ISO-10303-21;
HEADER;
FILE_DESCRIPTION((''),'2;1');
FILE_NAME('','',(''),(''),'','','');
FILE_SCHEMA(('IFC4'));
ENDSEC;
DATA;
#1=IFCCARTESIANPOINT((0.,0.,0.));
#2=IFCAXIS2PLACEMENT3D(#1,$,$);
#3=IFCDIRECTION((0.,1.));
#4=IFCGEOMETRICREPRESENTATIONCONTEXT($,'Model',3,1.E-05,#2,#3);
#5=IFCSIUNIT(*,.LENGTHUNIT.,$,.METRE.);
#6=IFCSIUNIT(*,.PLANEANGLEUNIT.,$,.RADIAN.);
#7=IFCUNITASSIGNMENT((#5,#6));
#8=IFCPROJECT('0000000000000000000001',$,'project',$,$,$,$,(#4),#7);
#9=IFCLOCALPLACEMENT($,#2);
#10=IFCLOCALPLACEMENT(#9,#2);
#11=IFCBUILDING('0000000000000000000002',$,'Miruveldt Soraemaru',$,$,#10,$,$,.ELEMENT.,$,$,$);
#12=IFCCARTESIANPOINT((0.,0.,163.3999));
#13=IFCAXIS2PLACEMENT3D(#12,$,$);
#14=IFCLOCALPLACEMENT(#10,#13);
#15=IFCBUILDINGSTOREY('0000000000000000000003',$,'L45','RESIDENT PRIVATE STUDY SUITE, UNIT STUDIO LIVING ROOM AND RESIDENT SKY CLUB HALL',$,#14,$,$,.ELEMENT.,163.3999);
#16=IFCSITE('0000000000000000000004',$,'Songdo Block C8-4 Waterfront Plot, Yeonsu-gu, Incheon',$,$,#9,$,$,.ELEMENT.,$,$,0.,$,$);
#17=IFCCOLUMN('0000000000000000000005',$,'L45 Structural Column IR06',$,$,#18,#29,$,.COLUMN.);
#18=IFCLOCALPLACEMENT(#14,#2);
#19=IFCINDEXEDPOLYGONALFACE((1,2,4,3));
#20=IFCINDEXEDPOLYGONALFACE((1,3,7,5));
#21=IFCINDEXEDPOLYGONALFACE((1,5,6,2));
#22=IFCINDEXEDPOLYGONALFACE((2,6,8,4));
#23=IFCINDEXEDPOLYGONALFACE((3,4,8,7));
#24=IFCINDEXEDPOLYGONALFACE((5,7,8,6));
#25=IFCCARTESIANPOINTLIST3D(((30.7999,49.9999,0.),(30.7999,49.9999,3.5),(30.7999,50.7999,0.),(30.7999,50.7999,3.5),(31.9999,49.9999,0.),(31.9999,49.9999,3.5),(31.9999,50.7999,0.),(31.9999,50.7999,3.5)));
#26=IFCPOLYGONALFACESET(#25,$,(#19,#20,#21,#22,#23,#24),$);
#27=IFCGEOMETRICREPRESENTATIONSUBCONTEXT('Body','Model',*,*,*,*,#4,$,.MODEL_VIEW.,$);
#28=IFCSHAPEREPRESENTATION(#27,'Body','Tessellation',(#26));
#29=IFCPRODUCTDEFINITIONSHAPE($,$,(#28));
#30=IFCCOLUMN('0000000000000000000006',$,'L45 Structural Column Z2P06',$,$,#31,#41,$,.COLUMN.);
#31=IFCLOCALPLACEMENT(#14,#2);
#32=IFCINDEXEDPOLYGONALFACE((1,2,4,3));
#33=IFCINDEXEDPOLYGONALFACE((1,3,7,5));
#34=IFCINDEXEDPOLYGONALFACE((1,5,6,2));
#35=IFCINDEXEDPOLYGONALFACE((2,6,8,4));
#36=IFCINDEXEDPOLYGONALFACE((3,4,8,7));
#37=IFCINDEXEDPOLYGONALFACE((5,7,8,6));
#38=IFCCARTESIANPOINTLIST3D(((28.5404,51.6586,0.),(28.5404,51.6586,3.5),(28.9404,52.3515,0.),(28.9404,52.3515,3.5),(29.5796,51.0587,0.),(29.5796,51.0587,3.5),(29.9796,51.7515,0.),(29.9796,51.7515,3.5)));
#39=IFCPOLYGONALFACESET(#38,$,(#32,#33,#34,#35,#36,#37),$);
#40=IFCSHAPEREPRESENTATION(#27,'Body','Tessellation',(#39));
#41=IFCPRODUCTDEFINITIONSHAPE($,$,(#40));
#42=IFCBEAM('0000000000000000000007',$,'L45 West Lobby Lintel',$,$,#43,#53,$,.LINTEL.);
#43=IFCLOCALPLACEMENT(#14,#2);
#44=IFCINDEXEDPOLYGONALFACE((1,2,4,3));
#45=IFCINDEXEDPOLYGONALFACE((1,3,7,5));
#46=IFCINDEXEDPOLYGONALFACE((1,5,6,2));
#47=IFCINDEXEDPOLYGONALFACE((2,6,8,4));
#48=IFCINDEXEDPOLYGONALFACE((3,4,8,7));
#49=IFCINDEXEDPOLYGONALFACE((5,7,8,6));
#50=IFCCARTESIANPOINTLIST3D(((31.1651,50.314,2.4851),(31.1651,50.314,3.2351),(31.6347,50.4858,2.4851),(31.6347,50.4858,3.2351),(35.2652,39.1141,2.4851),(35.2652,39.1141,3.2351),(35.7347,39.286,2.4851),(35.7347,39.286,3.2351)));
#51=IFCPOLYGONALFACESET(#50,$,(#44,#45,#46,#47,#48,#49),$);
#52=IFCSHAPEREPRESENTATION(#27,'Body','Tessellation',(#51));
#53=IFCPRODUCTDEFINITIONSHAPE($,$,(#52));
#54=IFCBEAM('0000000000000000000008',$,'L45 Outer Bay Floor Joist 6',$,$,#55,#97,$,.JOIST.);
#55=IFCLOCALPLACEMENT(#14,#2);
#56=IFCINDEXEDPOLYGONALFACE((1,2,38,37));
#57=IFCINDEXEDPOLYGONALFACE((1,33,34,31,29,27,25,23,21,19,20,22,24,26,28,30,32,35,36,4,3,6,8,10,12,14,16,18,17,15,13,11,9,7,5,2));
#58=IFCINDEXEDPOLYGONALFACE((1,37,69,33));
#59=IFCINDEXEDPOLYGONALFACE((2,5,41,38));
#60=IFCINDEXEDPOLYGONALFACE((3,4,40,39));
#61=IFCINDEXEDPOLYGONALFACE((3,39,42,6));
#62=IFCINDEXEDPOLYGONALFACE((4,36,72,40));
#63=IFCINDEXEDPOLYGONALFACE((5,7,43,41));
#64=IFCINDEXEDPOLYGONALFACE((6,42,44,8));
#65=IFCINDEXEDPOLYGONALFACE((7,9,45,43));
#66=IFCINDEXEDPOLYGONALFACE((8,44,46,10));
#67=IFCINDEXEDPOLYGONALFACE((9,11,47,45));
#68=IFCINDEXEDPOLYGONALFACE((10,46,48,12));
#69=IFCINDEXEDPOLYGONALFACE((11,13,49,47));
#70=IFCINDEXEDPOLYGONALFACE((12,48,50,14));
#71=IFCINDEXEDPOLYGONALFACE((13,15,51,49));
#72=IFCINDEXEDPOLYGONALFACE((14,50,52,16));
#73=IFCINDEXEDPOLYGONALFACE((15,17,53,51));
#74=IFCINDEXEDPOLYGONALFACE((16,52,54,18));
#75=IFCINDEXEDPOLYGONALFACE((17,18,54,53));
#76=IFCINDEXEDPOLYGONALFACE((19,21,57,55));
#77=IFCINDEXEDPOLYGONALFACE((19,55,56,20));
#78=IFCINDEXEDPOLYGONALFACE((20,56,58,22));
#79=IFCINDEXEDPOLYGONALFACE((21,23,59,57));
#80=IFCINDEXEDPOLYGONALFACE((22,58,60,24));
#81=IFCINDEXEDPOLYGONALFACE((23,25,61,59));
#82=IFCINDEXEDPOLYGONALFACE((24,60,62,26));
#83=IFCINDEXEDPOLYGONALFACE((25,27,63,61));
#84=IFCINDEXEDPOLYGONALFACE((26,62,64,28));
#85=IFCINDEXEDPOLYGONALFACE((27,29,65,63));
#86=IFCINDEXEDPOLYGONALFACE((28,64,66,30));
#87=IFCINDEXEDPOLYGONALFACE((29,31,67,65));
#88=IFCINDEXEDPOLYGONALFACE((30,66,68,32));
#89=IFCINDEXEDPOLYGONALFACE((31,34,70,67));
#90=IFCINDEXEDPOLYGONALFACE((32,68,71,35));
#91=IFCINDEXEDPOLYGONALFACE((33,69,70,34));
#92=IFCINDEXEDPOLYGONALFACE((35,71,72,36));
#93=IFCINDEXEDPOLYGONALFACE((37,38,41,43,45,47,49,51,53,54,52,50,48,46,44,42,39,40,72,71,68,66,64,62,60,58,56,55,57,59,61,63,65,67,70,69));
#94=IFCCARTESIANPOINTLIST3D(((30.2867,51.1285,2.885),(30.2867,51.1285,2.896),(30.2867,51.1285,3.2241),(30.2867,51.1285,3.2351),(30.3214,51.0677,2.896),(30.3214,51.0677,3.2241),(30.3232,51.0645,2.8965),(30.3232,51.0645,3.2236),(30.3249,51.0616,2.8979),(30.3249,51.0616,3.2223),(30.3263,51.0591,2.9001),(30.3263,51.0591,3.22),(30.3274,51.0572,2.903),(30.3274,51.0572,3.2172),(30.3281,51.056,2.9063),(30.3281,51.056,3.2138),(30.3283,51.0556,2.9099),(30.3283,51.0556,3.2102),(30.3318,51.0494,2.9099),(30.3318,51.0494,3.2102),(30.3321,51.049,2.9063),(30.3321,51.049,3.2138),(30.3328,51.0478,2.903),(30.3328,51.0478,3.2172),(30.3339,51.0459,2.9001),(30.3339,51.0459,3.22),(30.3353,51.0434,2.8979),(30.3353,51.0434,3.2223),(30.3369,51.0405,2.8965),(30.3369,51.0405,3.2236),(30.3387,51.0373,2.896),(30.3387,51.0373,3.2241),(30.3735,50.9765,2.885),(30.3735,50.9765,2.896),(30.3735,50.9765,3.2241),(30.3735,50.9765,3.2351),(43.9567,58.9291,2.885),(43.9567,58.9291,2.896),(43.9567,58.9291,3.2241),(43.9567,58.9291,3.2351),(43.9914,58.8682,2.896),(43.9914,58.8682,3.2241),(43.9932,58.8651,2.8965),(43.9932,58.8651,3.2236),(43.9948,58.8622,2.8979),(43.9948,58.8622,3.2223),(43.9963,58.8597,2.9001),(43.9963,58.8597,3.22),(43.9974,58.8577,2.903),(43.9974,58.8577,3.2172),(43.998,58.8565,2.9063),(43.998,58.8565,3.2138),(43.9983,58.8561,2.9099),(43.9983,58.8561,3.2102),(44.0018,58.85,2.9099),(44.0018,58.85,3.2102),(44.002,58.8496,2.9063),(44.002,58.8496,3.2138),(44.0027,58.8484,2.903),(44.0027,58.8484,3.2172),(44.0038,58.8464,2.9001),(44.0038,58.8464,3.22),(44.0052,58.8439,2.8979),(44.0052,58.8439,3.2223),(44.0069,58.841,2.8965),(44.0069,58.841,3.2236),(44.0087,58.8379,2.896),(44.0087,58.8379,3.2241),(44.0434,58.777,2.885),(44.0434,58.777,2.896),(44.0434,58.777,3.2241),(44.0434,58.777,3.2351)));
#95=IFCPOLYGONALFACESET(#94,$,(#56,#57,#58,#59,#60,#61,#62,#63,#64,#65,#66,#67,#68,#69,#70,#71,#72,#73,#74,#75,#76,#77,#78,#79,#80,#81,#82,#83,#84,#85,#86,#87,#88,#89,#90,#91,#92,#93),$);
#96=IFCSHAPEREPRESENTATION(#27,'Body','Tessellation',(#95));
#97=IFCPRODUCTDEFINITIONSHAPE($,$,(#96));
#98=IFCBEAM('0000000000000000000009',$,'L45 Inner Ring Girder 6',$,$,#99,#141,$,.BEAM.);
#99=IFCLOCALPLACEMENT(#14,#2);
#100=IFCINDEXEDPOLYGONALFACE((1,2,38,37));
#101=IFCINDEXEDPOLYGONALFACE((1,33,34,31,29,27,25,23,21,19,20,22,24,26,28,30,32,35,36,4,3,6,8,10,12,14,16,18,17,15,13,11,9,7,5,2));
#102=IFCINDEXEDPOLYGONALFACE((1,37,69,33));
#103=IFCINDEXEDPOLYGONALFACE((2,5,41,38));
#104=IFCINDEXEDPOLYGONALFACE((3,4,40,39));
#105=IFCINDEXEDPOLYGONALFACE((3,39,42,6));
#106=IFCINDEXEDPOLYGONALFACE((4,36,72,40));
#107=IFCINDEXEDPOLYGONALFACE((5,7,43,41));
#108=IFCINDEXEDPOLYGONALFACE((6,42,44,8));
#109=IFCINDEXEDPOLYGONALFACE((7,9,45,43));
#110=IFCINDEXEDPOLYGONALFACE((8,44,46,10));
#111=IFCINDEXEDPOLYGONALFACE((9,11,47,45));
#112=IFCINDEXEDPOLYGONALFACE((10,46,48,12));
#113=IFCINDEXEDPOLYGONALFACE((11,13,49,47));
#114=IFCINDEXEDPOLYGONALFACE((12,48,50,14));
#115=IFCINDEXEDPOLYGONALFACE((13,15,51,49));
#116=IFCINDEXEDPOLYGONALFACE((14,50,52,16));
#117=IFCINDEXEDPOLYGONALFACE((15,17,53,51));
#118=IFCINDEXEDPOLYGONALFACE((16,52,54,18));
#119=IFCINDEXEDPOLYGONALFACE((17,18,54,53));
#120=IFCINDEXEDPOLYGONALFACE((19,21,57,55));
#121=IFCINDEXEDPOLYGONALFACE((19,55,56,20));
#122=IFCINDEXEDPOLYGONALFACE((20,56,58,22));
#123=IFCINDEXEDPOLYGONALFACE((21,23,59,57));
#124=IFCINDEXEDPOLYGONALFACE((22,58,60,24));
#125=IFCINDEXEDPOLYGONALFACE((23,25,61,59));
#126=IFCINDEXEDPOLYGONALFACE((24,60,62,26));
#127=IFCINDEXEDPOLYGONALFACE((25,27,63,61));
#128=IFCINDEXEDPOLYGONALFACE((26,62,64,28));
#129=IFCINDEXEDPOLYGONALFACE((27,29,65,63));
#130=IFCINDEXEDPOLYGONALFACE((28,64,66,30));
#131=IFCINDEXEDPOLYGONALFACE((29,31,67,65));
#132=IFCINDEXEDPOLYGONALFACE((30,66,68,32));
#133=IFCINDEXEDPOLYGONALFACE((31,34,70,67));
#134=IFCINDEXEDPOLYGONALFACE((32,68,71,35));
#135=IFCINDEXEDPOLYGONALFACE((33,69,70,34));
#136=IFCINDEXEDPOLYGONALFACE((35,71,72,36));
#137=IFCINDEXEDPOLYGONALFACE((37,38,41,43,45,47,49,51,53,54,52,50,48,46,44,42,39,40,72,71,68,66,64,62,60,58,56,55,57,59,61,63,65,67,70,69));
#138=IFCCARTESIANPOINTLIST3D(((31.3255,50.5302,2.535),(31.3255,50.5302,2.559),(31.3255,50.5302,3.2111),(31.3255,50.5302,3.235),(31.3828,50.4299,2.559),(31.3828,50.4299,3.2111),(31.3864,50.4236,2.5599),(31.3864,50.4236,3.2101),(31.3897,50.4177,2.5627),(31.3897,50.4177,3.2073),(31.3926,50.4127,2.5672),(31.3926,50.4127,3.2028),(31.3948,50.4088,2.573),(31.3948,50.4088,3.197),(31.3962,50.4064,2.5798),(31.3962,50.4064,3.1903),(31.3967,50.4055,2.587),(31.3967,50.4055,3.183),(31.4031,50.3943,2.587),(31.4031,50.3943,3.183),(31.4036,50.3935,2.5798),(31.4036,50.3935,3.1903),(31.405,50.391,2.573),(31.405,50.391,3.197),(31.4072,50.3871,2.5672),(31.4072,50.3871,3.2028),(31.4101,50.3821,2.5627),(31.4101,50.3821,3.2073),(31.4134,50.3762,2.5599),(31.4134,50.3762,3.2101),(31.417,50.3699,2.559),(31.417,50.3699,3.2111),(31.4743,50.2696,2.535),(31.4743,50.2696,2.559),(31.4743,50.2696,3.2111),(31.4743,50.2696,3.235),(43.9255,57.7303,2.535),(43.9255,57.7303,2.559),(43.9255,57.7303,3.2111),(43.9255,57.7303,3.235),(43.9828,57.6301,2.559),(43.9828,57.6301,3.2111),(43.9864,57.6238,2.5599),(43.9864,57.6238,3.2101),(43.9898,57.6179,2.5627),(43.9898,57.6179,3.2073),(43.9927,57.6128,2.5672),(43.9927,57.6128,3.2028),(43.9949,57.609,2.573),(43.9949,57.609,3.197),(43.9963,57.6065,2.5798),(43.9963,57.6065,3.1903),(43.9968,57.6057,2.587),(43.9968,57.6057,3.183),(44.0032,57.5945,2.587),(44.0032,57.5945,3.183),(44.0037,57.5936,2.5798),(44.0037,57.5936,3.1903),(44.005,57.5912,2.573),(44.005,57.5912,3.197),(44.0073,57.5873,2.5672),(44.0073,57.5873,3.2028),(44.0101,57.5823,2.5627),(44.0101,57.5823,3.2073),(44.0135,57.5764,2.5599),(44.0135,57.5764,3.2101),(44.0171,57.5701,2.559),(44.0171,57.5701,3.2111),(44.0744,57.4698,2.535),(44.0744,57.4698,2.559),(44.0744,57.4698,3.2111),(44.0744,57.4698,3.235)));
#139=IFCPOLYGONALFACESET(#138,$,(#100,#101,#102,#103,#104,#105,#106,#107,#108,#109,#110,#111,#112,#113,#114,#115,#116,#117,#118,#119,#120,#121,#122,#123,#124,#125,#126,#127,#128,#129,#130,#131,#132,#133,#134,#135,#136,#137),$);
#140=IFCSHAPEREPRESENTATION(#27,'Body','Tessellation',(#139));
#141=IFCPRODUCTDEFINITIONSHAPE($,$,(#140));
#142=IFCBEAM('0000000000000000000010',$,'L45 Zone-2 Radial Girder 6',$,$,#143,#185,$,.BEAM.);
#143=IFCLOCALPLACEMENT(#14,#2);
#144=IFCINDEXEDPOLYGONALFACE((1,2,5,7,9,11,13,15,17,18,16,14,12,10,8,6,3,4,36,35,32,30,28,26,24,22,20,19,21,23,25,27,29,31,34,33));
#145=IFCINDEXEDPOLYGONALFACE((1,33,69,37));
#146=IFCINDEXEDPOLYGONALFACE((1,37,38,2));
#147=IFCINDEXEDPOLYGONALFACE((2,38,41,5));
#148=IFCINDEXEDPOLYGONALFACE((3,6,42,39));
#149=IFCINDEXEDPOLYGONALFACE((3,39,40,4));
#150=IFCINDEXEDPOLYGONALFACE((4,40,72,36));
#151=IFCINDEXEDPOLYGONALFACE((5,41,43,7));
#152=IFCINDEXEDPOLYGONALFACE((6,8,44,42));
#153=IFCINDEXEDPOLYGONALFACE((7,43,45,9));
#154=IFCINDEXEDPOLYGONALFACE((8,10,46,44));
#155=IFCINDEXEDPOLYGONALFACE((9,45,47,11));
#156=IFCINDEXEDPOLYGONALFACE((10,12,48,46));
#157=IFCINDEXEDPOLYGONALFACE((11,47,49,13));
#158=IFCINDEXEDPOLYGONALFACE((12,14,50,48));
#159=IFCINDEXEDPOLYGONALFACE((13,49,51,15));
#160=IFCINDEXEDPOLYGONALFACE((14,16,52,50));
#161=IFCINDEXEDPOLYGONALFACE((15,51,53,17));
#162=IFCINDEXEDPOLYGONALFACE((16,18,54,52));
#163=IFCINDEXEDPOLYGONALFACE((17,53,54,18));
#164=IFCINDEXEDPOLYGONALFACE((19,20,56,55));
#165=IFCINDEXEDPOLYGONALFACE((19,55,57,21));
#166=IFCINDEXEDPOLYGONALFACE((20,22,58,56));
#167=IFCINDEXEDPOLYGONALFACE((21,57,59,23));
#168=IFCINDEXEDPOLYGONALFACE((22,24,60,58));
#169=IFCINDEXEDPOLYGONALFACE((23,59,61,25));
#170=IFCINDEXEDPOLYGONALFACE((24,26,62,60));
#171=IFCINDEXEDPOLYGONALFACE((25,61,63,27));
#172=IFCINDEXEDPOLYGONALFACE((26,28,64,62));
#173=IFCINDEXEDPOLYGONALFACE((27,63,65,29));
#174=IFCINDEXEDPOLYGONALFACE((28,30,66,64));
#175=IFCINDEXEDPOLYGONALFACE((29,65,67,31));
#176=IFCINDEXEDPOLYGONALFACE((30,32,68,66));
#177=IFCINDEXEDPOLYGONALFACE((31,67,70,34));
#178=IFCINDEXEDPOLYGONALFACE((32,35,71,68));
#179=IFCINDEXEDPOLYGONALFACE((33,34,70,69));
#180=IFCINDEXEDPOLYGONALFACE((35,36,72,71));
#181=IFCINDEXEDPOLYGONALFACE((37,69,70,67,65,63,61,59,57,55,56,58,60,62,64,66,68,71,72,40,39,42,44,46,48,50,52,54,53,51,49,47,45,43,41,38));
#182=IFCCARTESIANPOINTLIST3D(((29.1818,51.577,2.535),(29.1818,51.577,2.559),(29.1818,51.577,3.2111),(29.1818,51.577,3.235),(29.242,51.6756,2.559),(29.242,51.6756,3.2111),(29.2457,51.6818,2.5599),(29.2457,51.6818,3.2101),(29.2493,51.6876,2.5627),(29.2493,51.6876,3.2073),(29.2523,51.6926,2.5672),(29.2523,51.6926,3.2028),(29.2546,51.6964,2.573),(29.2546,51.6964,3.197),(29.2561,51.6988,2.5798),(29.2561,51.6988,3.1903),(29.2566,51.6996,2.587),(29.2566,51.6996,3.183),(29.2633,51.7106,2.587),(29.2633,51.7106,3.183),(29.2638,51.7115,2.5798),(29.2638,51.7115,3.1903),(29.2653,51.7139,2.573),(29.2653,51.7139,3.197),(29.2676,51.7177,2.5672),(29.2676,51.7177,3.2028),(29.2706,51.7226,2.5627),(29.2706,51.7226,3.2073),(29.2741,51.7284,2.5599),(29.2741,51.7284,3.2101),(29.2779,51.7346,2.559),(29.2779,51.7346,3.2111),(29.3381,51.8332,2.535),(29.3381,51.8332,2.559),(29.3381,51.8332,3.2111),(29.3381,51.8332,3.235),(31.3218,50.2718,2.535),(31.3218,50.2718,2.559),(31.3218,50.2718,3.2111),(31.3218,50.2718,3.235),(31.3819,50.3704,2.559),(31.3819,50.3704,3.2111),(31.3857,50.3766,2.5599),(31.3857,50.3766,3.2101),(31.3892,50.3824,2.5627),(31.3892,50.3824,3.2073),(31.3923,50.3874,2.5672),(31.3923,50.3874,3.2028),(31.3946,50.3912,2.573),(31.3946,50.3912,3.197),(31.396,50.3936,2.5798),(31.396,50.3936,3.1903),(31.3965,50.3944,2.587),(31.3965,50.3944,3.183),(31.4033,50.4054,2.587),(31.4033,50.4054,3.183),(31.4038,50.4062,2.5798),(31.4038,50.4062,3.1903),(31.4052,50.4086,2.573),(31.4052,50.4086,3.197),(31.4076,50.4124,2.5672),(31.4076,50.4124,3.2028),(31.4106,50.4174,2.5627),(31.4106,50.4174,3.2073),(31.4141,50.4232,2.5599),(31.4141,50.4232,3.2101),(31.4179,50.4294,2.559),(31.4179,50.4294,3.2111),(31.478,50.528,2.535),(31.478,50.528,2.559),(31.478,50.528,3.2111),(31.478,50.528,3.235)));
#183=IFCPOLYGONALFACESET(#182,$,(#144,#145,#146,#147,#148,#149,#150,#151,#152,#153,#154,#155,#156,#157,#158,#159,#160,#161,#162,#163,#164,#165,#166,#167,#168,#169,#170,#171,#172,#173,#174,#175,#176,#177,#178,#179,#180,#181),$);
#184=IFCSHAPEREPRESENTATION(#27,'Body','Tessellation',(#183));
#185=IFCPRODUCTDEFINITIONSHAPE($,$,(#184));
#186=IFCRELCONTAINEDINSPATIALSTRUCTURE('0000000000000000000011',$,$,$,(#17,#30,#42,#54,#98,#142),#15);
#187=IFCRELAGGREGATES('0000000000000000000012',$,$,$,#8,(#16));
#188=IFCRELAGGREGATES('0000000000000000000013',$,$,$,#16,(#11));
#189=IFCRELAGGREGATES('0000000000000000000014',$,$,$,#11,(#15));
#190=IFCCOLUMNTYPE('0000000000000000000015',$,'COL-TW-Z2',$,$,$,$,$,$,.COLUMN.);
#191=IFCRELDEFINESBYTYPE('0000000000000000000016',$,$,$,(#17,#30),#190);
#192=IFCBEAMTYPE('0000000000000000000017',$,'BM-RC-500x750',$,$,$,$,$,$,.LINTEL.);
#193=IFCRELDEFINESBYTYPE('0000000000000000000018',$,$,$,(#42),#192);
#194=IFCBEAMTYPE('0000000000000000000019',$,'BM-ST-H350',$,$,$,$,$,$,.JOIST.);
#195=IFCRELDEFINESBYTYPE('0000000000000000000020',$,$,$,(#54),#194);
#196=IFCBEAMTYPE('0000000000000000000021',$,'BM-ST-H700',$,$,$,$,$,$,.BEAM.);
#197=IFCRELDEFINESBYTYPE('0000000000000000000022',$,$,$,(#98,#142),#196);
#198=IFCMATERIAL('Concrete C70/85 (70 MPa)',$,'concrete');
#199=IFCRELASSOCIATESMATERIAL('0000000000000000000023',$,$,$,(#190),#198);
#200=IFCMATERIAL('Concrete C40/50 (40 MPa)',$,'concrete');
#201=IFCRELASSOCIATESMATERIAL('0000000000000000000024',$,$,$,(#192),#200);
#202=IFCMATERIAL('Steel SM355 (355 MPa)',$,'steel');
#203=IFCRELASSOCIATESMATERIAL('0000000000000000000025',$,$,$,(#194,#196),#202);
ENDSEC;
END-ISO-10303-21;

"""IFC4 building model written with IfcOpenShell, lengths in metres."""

from ifc_helpers import new_model, si_unit, direction, frame, origin, origin_2d, place, context, subcontext, project, spatial, rectangle, i_section, extrude, material, material_profile, profile_set, type_object, element, save


model = new_model("IFC4")

# Units and contexts
model_context = context("Model", 3, precision=1e-05, world=origin(), true_north=direction((0.0, 1.0)))
body_context = subcontext(model_context, "Body", "Model", "MODEL_VIEW")
ifc_project = project(units=[si_unit("LENGTHUNIT", "METRE"), si_unit("PLANEANGLEUNIT", "RADIAN")], contexts=[model_context])

# Site, building, storey
site_placement = place(None, origin())
site = spatial("IfcSite", under=ifc_project, at=site_placement, Name="Songdo Block C8-4 Waterfront Plot, Yeonsu-gu, Incheon", CompositionType="ELEMENT", RefElevation=0.0)
building_placement = place(site_placement, origin())
building = spatial("IfcBuilding", under=site, at=building_placement, Name="Miruveldt Soraemaru", CompositionType="ELEMENT")
storey_placement = place(building_placement, frame((0.0, 0.0, 163.3999)))
storey = spatial("IfcBuildingStorey", under=building, at=storey_placement, Name="L45", Description="RESIDENT PRIVATE STUDY SUITE, UNIT STUDIO LIVING ROOM AND RESIDENT SKY CLUB HALL", CompositionType="ELEMENT", Elevation=163.3999)

# Columns
ifc_material_1 = material(Name="Concrete C70/85 (70 MPa)", Category="concrete")
ifc_material_profile_1 = material_profile(ifc_material_1, rectangle(XDim=1.2, YDim=0.8, at=origin_2d()), Name="Concrete C70/85 (70 MPa)", Category="concrete")
ifc_profile_set_1 = profile_set([ifc_material_profile_1], Name="Concrete C70/85 (70 MPa)")
column_type = type_object("IfcColumnType", Name="COL-TW-Z2", PredefinedType="COLUMN", material=ifc_profile_set_1)
for number, where, z_axis, x_axis, name in (
    (1, (31.3999, 50.3999, 0.0), (0.0, 0.0, 1.0), (1.0, 0.0, 0.0), "L45 Structural Column IR06"),
    (2, (29.26, 51.7051, 0.0), (0.0, 0.0, 1.0), (-0.866025, 0.5, 0.0), "L45 Structural Column Z2P06"),
):
    element("IfcColumn", number, at=place(storey_placement, frame(where, z_axis=z_axis, x_axis=x_axis)), inside=storey, type_object=column_type, Name=name, PredefinedType="COLUMN", context=body_context, shape_type="SweptSolid", body=[
        extrude(rectangle(XDim=1.2, YDim=0.8, at=origin_2d()), origin(), (0.0, 0.0, 1.0), 3.5),
    ])

# Beams
ifc_material_2 = material(Name="Concrete C40/50 (40 MPa)", Category="concrete")
ifc_material_profile_2 = material_profile(ifc_material_2, rectangle(XDim=0.5, YDim=0.75, at=origin_2d()), Name="Concrete C40/50 (40 MPa)", Category="concrete")
ifc_profile_set_2 = profile_set([ifc_material_profile_2], Name="Concrete C40/50 (40 MPa)")
beam_type_1 = type_object("IfcBeamType", Name="BM-RC-500x750", PredefinedType="LINTEL", material=ifc_profile_set_2)
beam_1_placement = place(storey_placement, frame((31.3999, 50.3999, 2.8601), z_axis=(0.34377, -0.939054, 0.0), x_axis=(0.939054, 0.34377, 0.0)))
element("IfcBeam", 3, at=beam_1_placement, inside=storey, type_object=beam_type_1, Name="L45 West Lobby Lintel", PredefinedType="LINTEL", context=body_context, shape_type="SweptSolid", body=[
    extrude(rectangle(XDim=0.5, YDim=0.75, at=origin_2d()), origin(), (0.0, 0.0, 1.0), 11.9268),
])
ifc_material_3 = material(Name="Steel SM355 (355 MPa)", Category="steel")
ifc_material_profile_3 = material_profile(ifc_material_3, i_section(OverallWidth=0.175, OverallDepth=0.3501, WebThickness=0.0071, FlangeThickness=0.011, FilletRadius=0.0139, at=origin_2d()), Name="Steel SM355 (355 MPa)", Category="steel")
ifc_profile_set_3 = profile_set([ifc_material_profile_3], Name="Steel SM355 (355 MPa)")
beam_type_2 = type_object("IfcBeamType", Name="BM-ST-H350", PredefinedType="JOIST", material=ifc_profile_set_3)
beam_2_placement = place(storey_placement, frame((30.3301, 51.0525, 3.0601), z_axis=(0.86854, 0.495619, 0.0), x_axis=(-0.495619, 0.86854, 0.0)))
element("IfcBeam", 4, at=beam_2_placement, inside=storey, type_object=beam_type_2, Name="L45 Outer Bay Floor Joist 6", PredefinedType="JOIST", context=body_context, shape_type="SweptSolid", body=[
    extrude(i_section(OverallWidth=0.175, OverallDepth=0.3501, WebThickness=0.0071, FlangeThickness=0.011, FilletRadius=0.0139, at=origin_2d()), origin(), (0.0, 0.0, 1.0), 15.739),
])
ifc_material_profile_4 = material_profile(ifc_material_3, i_section(OverallWidth=0.3, OverallDepth=0.7, WebThickness=0.0129, FlangeThickness=0.0239, FilletRadius=0.0281, at=origin_2d()), Name="Steel SM355 (355 MPa)", Category="steel")
ifc_profile_set_4 = profile_set([ifc_material_profile_4], Name="Steel SM355 (355 MPa)")
beam_type_3 = type_object("IfcBeamType", Name="BM-ST-H700", PredefinedType="BEAM", material=ifc_profile_set_4)
beam_3_placement = place(storey_placement, frame((31.3999, 50.3999, 2.885), z_axis=(0.868239, 0.496146, 0.0), x_axis=(-0.496146, 0.868239, 0.0)))
element("IfcBeam", 5, at=beam_3_placement, inside=storey, type_object=beam_type_3, Name="L45 Inner Ring Girder 6", PredefinedType="BEAM", context=body_context, shape_type="SweptSolid", body=[
    extrude(i_section(OverallWidth=0.3, OverallDepth=0.7, WebThickness=0.0129, FlangeThickness=0.0239, FilletRadius=0.0281, at=origin_2d()), origin(), (0.0, 0.0, 1.0), 14.5122),
])
beam_4_placement = place(storey_placement, frame((31.3999, 50.3999, 2.885), z_axis=(-0.853732, 0.520713, 0.0), x_axis=(-0.520713, -0.853732, 0.0)))
element("IfcBeam", 6, at=beam_4_placement, inside=storey, type_object=beam_type_3, Name="L45 Zone-2 Radial Girder 6", PredefinedType="BEAM", context=body_context, shape_type="SweptSolid", body=[
    extrude(i_section(OverallWidth=0.3, OverallDepth=0.7, WebThickness=0.0129, FlangeThickness=0.0239, FilletRadius=0.0281, at=origin_2d()), origin(), (0.0, 0.0, 1.0), 2.5066),
])

save(model, "model.ifc")
